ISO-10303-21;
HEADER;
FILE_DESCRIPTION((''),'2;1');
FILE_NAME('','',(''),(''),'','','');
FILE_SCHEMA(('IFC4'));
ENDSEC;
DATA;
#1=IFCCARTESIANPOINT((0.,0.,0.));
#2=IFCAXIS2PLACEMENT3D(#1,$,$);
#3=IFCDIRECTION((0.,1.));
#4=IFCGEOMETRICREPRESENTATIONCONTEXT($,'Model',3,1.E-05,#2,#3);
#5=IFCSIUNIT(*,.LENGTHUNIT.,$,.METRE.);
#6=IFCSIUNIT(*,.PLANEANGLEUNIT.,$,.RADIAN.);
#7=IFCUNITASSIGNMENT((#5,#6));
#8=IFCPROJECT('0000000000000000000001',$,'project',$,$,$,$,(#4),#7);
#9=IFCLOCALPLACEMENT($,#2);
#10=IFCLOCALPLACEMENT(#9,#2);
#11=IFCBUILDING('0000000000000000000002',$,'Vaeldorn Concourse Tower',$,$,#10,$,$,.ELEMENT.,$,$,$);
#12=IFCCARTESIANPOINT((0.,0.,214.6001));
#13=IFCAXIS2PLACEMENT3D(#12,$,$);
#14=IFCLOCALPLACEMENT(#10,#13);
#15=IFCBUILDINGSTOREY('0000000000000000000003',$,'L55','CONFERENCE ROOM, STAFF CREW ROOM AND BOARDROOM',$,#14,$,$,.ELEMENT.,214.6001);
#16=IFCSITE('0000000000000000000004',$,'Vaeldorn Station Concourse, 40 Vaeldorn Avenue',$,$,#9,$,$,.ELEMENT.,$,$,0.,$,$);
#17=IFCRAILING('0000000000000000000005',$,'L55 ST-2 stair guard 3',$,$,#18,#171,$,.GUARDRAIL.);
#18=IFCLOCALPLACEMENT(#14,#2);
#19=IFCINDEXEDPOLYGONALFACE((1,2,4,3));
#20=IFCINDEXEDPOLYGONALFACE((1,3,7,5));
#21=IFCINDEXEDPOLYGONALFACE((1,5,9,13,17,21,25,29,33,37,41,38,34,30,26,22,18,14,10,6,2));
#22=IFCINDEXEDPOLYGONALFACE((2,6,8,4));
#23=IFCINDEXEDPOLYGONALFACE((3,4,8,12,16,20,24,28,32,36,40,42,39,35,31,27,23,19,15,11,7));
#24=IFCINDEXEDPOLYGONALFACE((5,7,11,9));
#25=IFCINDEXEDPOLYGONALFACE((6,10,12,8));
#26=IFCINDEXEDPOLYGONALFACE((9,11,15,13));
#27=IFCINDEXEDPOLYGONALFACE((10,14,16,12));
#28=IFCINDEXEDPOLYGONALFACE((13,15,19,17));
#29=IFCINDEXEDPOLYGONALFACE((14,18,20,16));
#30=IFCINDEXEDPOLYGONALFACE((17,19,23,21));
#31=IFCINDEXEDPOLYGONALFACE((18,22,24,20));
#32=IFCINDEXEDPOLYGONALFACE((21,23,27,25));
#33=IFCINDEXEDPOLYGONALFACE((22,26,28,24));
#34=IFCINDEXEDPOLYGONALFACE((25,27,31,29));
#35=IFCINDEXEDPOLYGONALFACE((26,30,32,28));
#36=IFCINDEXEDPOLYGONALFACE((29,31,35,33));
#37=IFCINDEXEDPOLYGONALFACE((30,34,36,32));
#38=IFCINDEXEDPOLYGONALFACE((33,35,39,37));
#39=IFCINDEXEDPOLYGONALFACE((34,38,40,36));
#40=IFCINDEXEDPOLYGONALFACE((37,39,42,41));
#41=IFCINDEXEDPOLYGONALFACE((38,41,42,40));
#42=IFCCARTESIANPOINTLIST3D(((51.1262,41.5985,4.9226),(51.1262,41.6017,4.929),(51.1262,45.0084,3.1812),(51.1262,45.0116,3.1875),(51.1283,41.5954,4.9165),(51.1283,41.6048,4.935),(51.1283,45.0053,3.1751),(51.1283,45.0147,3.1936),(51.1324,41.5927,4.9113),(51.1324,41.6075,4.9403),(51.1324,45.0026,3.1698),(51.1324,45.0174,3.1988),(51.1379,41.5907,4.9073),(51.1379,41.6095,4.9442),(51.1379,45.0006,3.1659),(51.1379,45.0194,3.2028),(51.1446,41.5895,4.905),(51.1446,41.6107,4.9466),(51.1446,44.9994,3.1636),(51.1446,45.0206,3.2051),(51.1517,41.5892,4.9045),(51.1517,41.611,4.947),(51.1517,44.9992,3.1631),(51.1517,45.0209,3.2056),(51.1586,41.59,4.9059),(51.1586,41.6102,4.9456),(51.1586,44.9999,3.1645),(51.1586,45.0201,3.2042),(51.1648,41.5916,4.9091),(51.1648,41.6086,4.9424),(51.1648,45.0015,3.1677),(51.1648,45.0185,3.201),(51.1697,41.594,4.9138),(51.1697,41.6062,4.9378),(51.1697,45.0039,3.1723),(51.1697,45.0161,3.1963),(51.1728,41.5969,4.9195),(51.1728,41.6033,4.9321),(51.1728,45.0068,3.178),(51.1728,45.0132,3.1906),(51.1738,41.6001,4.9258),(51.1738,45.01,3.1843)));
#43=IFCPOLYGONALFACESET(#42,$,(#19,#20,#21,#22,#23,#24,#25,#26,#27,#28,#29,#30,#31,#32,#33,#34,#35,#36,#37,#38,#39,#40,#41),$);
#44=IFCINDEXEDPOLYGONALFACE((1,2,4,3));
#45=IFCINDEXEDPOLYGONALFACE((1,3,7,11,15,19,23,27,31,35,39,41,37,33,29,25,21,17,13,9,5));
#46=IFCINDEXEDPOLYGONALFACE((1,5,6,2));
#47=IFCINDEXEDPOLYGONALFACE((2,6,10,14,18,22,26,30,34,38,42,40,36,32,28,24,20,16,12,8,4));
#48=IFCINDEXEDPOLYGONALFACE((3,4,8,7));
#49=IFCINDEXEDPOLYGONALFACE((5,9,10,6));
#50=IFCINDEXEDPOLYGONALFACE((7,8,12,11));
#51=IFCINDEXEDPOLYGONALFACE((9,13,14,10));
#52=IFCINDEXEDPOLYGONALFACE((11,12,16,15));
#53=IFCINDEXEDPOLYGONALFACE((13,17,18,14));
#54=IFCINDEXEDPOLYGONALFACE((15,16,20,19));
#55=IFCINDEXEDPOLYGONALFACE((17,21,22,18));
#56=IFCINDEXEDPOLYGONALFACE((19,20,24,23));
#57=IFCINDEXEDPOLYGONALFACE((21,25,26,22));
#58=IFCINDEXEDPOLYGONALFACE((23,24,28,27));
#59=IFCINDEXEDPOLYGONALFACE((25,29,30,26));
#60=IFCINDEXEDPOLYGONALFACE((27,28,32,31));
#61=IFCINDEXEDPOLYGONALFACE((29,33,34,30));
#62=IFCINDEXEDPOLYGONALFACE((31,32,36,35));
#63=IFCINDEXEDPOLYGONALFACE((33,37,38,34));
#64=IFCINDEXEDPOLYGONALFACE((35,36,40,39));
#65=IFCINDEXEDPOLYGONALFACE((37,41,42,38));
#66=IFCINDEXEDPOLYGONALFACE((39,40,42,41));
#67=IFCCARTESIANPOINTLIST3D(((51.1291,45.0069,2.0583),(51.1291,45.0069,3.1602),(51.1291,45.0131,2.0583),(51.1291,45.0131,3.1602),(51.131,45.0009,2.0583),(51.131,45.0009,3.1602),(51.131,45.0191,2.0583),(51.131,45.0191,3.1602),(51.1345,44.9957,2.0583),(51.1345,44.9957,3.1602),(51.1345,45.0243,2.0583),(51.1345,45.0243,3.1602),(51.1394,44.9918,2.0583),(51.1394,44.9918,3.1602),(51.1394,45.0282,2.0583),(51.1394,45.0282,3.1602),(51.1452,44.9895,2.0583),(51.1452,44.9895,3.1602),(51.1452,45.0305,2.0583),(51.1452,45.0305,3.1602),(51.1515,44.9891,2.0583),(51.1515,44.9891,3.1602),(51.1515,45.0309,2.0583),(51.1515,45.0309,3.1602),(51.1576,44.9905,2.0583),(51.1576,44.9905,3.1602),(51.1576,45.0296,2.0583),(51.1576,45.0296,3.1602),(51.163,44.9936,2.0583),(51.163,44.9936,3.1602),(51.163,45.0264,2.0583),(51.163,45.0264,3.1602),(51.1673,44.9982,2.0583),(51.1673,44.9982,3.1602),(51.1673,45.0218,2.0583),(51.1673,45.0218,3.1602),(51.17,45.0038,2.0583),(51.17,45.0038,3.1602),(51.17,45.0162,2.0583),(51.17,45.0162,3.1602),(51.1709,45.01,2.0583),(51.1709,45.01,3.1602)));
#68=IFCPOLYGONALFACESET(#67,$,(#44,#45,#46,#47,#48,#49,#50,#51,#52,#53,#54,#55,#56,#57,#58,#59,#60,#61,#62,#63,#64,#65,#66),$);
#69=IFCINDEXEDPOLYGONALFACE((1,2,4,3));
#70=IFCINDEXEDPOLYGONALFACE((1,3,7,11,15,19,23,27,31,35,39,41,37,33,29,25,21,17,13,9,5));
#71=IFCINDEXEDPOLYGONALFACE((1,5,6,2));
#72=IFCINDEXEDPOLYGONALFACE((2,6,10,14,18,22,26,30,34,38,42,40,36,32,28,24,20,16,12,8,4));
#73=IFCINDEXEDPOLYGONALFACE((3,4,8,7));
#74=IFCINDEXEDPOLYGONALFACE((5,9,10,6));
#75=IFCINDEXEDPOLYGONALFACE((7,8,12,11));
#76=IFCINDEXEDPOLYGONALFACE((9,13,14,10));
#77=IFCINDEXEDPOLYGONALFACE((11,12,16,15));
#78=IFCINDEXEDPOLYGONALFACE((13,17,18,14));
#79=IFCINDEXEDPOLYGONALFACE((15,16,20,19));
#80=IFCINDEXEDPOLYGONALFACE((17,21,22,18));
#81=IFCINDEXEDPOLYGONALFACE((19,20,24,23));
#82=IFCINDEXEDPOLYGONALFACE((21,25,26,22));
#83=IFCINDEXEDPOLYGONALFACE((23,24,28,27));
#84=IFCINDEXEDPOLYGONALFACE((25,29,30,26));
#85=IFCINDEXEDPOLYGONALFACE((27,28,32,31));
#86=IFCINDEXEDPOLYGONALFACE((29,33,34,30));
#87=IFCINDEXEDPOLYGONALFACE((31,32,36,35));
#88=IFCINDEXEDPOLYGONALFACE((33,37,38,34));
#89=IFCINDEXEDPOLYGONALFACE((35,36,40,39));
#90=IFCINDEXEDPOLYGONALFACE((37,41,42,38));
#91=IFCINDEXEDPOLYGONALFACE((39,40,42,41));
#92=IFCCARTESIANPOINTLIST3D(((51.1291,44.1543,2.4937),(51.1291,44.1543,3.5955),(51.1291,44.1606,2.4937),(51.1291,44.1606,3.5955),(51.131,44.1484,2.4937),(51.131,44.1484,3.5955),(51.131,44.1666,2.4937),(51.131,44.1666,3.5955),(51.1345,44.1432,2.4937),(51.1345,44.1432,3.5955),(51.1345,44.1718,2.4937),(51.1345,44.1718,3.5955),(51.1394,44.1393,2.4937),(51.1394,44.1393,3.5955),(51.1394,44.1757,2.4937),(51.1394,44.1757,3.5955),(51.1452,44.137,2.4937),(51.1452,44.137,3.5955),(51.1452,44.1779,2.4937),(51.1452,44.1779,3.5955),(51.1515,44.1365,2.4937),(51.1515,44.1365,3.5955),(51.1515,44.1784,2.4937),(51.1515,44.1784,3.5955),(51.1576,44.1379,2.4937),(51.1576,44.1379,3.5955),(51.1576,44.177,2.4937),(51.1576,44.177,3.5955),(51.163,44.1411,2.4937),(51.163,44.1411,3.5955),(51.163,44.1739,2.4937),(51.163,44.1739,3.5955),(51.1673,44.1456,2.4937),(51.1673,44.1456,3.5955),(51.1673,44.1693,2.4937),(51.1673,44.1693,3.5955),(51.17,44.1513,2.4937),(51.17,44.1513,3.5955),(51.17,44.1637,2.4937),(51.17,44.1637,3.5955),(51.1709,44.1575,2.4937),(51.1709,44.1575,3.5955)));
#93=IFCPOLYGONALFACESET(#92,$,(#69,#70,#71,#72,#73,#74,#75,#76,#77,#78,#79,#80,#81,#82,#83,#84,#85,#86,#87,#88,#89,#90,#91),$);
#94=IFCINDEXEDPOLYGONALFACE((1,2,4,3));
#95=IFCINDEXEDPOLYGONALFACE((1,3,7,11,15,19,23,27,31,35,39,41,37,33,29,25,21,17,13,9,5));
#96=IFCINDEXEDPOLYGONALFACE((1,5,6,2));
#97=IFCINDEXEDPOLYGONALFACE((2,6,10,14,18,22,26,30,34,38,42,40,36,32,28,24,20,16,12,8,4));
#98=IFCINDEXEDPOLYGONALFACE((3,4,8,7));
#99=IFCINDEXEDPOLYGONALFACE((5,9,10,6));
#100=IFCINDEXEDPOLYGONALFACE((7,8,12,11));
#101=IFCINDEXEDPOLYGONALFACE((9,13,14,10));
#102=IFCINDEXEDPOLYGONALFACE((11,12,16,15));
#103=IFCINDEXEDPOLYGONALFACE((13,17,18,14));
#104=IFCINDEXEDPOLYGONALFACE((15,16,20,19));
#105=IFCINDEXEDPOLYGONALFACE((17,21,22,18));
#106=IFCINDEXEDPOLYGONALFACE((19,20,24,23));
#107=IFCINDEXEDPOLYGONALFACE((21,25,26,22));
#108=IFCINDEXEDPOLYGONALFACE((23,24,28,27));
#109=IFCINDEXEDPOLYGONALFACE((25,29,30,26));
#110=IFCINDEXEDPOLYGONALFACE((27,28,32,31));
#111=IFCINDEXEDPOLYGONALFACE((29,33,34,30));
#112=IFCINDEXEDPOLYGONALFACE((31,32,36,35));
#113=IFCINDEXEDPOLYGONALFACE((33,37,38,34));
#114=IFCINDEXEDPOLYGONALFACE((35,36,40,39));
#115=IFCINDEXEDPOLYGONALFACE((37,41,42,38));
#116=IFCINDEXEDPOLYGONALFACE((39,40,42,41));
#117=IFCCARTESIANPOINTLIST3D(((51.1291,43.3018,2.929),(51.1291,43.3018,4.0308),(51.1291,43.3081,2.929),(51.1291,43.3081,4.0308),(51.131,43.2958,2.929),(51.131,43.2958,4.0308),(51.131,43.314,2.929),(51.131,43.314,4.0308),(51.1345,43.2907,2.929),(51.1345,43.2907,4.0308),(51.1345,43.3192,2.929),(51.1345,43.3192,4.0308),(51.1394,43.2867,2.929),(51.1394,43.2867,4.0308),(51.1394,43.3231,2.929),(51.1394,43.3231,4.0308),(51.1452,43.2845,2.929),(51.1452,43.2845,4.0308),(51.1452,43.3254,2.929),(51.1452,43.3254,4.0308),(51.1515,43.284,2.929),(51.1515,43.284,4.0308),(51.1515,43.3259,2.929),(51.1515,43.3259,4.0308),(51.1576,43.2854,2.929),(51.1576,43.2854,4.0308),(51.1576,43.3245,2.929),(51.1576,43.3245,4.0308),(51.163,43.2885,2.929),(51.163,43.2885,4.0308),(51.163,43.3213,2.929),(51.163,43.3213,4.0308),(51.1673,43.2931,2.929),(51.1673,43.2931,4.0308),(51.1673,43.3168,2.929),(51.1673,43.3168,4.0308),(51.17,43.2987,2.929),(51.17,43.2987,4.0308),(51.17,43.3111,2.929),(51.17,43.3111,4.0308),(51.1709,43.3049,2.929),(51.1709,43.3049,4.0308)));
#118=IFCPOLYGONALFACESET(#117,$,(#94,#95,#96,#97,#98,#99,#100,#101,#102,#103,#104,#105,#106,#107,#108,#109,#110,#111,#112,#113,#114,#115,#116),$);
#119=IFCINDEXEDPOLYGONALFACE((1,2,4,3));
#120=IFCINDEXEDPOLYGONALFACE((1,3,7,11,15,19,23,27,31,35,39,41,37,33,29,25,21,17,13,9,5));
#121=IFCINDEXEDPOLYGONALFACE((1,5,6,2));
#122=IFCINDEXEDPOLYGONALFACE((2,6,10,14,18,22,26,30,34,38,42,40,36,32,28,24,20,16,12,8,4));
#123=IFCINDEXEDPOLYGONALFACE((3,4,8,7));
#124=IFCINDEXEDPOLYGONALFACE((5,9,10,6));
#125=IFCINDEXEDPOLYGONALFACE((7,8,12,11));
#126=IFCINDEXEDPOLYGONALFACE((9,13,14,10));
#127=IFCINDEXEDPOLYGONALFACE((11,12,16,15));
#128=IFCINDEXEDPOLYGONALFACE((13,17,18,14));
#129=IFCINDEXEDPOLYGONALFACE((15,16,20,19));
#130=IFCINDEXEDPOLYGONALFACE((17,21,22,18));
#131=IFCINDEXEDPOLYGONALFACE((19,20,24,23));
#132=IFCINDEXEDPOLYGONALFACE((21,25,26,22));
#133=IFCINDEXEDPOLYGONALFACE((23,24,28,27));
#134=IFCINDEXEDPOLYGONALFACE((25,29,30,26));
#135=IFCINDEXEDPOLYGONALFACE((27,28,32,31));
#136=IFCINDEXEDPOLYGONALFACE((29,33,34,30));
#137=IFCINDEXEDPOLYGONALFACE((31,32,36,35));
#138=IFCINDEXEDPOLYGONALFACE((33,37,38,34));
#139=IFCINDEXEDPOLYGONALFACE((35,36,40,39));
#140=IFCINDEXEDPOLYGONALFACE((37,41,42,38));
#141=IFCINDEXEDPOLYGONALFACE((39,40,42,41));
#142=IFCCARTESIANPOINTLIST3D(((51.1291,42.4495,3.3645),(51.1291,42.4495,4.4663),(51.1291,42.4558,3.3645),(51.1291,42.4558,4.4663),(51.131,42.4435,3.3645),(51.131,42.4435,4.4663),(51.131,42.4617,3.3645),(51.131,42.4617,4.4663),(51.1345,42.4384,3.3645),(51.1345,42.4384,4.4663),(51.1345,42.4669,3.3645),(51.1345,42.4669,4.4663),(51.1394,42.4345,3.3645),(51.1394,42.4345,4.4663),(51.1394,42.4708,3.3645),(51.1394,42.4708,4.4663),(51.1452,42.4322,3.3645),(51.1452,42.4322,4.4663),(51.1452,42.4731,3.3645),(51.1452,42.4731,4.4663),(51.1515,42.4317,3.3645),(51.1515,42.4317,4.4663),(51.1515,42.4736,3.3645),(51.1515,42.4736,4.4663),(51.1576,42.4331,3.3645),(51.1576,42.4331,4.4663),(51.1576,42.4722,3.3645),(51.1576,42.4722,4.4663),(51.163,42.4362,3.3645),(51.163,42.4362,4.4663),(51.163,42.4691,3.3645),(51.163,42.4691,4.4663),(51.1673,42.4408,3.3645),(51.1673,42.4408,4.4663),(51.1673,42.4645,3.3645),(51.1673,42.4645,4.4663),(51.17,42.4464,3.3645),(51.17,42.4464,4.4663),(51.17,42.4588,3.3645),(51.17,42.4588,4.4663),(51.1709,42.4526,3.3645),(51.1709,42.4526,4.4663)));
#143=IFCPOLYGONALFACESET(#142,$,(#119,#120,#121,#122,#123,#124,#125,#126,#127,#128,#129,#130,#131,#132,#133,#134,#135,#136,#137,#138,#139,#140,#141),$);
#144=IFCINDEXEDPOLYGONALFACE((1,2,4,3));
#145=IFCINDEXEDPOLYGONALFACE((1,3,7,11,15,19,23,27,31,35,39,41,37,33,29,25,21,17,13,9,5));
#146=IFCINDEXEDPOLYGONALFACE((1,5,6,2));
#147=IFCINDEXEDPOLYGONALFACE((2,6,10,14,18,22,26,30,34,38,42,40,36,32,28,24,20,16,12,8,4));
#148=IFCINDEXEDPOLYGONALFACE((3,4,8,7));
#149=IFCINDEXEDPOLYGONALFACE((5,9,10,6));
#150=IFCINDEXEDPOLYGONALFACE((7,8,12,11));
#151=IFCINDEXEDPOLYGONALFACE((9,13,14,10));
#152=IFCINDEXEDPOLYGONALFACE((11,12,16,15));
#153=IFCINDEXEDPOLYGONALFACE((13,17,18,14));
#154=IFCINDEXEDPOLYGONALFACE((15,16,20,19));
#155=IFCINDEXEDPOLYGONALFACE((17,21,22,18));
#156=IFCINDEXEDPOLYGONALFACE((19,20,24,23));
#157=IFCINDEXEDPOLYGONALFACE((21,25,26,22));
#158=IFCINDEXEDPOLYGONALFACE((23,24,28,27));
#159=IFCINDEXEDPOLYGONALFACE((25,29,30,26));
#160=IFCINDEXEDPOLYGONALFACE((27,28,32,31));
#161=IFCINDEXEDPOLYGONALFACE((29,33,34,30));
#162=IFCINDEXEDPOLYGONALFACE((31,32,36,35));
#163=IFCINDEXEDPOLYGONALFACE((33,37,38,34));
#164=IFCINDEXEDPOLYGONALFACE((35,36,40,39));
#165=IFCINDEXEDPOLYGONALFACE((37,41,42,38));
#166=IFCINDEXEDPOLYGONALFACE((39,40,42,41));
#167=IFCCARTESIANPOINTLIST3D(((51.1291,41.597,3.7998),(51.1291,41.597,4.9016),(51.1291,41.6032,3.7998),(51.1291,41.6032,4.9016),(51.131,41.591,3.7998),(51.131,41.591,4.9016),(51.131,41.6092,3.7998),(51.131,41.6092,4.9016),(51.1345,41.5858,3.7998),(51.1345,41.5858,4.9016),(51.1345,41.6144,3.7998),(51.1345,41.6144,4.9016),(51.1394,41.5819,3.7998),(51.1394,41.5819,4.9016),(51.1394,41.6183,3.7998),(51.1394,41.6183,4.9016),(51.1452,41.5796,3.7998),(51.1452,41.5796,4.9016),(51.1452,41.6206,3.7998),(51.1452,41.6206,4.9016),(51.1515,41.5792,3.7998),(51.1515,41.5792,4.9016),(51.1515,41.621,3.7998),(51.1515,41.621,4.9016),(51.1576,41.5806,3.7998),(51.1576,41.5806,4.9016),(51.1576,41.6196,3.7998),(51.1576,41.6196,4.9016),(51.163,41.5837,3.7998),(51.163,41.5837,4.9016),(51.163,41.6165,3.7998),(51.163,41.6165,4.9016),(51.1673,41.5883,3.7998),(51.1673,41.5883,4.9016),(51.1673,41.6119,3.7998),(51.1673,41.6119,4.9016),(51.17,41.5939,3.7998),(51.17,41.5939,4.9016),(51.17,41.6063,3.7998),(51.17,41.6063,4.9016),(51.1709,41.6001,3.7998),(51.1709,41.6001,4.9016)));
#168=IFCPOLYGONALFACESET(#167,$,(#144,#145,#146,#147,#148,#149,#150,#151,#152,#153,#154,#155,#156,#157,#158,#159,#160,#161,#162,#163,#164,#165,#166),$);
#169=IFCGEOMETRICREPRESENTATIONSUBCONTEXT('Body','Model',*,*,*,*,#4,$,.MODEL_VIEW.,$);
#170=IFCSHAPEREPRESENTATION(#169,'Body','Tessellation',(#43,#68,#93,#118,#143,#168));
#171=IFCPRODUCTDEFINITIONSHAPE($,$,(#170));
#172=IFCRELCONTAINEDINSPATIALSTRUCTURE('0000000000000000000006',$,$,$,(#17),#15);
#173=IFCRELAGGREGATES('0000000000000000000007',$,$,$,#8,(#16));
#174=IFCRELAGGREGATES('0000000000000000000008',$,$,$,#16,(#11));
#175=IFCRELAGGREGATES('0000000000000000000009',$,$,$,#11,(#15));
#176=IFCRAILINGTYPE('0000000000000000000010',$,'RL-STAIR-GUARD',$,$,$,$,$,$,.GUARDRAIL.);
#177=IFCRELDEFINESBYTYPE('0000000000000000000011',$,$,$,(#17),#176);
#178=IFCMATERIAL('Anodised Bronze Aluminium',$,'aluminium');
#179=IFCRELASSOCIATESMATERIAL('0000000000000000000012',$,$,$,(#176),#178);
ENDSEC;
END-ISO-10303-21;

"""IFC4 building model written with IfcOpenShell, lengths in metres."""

from ifc_helpers import new_model, si_unit, direction, frame, origin, origin_2d, place, context, subcontext, project, spatial, circle, extrude, material, type_object, element, save


model = new_model("IFC4")

# Units and contexts
model_context = context("Model", 3, precision=1e-05, world=origin(), true_north=direction((0.0, 1.0)))
body_context = subcontext(model_context, "Body", "Model", "MODEL_VIEW")
ifc_project = project(units=[si_unit("LENGTHUNIT", "METRE"), si_unit("PLANEANGLEUNIT", "RADIAN")], contexts=[model_context])

# Site, building, storey
site_placement = place(None, origin())
site = spatial("IfcSite", under=ifc_project, at=site_placement, Name="Vaeldorn Station Concourse, 40 Vaeldorn Avenue", CompositionType="ELEMENT", RefElevation=0.0)
building_placement = place(site_placement, origin())
building = spatial("IfcBuilding", under=site, at=building_placement, Name="Vaeldorn Concourse Tower", CompositionType="ELEMENT")
storey_placement = place(building_placement, frame((0.0, 0.0, 214.6001)))
storey = spatial("IfcBuildingStorey", under=building, at=storey_placement, Name="L55", Description="CONFERENCE ROOM, STAFF CREW ROOM AND BOARDROOM", CompositionType="ELEMENT", Elevation=214.6001)

# Shared definitions
ifc_material_1 = material(Name="Anodised Bronze Aluminium", Category="aluminium")

# Railing
railing_type_1 = type_object("IfcRailingType", Name="RL-STAIR-GUARD", PredefinedType="GUARDRAIL", material=ifc_material_1)
railing_1_placement = place(storey_placement, frame((51.1499, 45.01, 2.0583)))
element("IfcRailing", 1, at=railing_1_placement, inside=storey, type_object=railing_type_1, Name="L55 ST-2 stair guard 3", PredefinedType="GUARDRAIL", context=body_context, shape_type="SweptSolid", body=[
    extrude(circle(Radius=0.0239, at=origin_2d()), frame((0.0, 0.0, 1.126), z_axis=(0.0, -0.890582, 0.454823), x_axis=(1.0, 0.0, 0.0)), (0.0, 0.0, 1.0), 3.8289),
    extrude(circle(Radius=0.021, at=origin_2d()), origin(), (0.0, 0.0, 1.0), 1.1018),
    extrude(circle(Radius=0.021, at=origin_2d()), frame((0.0, -0.8525, 0.4353)), (0.0, 0.0, 1.0), 1.1018),
    extrude(circle(Radius=0.021, at=origin_2d()), frame((0.0, -1.7051, 0.8706)), (0.0, 0.0, 1.0), 1.1018),
    extrude(circle(Radius=0.021, at=origin_2d()), frame((0.0, -2.5574, 1.3062)), (0.0, 0.0, 1.0), 1.1018),
    extrude(circle(Radius=0.021, at=origin_2d()), frame((0.0, -3.4099, 1.7415)), (0.0, 0.0, 1.0), 1.1018),
])

save(model, "model.ifc")
